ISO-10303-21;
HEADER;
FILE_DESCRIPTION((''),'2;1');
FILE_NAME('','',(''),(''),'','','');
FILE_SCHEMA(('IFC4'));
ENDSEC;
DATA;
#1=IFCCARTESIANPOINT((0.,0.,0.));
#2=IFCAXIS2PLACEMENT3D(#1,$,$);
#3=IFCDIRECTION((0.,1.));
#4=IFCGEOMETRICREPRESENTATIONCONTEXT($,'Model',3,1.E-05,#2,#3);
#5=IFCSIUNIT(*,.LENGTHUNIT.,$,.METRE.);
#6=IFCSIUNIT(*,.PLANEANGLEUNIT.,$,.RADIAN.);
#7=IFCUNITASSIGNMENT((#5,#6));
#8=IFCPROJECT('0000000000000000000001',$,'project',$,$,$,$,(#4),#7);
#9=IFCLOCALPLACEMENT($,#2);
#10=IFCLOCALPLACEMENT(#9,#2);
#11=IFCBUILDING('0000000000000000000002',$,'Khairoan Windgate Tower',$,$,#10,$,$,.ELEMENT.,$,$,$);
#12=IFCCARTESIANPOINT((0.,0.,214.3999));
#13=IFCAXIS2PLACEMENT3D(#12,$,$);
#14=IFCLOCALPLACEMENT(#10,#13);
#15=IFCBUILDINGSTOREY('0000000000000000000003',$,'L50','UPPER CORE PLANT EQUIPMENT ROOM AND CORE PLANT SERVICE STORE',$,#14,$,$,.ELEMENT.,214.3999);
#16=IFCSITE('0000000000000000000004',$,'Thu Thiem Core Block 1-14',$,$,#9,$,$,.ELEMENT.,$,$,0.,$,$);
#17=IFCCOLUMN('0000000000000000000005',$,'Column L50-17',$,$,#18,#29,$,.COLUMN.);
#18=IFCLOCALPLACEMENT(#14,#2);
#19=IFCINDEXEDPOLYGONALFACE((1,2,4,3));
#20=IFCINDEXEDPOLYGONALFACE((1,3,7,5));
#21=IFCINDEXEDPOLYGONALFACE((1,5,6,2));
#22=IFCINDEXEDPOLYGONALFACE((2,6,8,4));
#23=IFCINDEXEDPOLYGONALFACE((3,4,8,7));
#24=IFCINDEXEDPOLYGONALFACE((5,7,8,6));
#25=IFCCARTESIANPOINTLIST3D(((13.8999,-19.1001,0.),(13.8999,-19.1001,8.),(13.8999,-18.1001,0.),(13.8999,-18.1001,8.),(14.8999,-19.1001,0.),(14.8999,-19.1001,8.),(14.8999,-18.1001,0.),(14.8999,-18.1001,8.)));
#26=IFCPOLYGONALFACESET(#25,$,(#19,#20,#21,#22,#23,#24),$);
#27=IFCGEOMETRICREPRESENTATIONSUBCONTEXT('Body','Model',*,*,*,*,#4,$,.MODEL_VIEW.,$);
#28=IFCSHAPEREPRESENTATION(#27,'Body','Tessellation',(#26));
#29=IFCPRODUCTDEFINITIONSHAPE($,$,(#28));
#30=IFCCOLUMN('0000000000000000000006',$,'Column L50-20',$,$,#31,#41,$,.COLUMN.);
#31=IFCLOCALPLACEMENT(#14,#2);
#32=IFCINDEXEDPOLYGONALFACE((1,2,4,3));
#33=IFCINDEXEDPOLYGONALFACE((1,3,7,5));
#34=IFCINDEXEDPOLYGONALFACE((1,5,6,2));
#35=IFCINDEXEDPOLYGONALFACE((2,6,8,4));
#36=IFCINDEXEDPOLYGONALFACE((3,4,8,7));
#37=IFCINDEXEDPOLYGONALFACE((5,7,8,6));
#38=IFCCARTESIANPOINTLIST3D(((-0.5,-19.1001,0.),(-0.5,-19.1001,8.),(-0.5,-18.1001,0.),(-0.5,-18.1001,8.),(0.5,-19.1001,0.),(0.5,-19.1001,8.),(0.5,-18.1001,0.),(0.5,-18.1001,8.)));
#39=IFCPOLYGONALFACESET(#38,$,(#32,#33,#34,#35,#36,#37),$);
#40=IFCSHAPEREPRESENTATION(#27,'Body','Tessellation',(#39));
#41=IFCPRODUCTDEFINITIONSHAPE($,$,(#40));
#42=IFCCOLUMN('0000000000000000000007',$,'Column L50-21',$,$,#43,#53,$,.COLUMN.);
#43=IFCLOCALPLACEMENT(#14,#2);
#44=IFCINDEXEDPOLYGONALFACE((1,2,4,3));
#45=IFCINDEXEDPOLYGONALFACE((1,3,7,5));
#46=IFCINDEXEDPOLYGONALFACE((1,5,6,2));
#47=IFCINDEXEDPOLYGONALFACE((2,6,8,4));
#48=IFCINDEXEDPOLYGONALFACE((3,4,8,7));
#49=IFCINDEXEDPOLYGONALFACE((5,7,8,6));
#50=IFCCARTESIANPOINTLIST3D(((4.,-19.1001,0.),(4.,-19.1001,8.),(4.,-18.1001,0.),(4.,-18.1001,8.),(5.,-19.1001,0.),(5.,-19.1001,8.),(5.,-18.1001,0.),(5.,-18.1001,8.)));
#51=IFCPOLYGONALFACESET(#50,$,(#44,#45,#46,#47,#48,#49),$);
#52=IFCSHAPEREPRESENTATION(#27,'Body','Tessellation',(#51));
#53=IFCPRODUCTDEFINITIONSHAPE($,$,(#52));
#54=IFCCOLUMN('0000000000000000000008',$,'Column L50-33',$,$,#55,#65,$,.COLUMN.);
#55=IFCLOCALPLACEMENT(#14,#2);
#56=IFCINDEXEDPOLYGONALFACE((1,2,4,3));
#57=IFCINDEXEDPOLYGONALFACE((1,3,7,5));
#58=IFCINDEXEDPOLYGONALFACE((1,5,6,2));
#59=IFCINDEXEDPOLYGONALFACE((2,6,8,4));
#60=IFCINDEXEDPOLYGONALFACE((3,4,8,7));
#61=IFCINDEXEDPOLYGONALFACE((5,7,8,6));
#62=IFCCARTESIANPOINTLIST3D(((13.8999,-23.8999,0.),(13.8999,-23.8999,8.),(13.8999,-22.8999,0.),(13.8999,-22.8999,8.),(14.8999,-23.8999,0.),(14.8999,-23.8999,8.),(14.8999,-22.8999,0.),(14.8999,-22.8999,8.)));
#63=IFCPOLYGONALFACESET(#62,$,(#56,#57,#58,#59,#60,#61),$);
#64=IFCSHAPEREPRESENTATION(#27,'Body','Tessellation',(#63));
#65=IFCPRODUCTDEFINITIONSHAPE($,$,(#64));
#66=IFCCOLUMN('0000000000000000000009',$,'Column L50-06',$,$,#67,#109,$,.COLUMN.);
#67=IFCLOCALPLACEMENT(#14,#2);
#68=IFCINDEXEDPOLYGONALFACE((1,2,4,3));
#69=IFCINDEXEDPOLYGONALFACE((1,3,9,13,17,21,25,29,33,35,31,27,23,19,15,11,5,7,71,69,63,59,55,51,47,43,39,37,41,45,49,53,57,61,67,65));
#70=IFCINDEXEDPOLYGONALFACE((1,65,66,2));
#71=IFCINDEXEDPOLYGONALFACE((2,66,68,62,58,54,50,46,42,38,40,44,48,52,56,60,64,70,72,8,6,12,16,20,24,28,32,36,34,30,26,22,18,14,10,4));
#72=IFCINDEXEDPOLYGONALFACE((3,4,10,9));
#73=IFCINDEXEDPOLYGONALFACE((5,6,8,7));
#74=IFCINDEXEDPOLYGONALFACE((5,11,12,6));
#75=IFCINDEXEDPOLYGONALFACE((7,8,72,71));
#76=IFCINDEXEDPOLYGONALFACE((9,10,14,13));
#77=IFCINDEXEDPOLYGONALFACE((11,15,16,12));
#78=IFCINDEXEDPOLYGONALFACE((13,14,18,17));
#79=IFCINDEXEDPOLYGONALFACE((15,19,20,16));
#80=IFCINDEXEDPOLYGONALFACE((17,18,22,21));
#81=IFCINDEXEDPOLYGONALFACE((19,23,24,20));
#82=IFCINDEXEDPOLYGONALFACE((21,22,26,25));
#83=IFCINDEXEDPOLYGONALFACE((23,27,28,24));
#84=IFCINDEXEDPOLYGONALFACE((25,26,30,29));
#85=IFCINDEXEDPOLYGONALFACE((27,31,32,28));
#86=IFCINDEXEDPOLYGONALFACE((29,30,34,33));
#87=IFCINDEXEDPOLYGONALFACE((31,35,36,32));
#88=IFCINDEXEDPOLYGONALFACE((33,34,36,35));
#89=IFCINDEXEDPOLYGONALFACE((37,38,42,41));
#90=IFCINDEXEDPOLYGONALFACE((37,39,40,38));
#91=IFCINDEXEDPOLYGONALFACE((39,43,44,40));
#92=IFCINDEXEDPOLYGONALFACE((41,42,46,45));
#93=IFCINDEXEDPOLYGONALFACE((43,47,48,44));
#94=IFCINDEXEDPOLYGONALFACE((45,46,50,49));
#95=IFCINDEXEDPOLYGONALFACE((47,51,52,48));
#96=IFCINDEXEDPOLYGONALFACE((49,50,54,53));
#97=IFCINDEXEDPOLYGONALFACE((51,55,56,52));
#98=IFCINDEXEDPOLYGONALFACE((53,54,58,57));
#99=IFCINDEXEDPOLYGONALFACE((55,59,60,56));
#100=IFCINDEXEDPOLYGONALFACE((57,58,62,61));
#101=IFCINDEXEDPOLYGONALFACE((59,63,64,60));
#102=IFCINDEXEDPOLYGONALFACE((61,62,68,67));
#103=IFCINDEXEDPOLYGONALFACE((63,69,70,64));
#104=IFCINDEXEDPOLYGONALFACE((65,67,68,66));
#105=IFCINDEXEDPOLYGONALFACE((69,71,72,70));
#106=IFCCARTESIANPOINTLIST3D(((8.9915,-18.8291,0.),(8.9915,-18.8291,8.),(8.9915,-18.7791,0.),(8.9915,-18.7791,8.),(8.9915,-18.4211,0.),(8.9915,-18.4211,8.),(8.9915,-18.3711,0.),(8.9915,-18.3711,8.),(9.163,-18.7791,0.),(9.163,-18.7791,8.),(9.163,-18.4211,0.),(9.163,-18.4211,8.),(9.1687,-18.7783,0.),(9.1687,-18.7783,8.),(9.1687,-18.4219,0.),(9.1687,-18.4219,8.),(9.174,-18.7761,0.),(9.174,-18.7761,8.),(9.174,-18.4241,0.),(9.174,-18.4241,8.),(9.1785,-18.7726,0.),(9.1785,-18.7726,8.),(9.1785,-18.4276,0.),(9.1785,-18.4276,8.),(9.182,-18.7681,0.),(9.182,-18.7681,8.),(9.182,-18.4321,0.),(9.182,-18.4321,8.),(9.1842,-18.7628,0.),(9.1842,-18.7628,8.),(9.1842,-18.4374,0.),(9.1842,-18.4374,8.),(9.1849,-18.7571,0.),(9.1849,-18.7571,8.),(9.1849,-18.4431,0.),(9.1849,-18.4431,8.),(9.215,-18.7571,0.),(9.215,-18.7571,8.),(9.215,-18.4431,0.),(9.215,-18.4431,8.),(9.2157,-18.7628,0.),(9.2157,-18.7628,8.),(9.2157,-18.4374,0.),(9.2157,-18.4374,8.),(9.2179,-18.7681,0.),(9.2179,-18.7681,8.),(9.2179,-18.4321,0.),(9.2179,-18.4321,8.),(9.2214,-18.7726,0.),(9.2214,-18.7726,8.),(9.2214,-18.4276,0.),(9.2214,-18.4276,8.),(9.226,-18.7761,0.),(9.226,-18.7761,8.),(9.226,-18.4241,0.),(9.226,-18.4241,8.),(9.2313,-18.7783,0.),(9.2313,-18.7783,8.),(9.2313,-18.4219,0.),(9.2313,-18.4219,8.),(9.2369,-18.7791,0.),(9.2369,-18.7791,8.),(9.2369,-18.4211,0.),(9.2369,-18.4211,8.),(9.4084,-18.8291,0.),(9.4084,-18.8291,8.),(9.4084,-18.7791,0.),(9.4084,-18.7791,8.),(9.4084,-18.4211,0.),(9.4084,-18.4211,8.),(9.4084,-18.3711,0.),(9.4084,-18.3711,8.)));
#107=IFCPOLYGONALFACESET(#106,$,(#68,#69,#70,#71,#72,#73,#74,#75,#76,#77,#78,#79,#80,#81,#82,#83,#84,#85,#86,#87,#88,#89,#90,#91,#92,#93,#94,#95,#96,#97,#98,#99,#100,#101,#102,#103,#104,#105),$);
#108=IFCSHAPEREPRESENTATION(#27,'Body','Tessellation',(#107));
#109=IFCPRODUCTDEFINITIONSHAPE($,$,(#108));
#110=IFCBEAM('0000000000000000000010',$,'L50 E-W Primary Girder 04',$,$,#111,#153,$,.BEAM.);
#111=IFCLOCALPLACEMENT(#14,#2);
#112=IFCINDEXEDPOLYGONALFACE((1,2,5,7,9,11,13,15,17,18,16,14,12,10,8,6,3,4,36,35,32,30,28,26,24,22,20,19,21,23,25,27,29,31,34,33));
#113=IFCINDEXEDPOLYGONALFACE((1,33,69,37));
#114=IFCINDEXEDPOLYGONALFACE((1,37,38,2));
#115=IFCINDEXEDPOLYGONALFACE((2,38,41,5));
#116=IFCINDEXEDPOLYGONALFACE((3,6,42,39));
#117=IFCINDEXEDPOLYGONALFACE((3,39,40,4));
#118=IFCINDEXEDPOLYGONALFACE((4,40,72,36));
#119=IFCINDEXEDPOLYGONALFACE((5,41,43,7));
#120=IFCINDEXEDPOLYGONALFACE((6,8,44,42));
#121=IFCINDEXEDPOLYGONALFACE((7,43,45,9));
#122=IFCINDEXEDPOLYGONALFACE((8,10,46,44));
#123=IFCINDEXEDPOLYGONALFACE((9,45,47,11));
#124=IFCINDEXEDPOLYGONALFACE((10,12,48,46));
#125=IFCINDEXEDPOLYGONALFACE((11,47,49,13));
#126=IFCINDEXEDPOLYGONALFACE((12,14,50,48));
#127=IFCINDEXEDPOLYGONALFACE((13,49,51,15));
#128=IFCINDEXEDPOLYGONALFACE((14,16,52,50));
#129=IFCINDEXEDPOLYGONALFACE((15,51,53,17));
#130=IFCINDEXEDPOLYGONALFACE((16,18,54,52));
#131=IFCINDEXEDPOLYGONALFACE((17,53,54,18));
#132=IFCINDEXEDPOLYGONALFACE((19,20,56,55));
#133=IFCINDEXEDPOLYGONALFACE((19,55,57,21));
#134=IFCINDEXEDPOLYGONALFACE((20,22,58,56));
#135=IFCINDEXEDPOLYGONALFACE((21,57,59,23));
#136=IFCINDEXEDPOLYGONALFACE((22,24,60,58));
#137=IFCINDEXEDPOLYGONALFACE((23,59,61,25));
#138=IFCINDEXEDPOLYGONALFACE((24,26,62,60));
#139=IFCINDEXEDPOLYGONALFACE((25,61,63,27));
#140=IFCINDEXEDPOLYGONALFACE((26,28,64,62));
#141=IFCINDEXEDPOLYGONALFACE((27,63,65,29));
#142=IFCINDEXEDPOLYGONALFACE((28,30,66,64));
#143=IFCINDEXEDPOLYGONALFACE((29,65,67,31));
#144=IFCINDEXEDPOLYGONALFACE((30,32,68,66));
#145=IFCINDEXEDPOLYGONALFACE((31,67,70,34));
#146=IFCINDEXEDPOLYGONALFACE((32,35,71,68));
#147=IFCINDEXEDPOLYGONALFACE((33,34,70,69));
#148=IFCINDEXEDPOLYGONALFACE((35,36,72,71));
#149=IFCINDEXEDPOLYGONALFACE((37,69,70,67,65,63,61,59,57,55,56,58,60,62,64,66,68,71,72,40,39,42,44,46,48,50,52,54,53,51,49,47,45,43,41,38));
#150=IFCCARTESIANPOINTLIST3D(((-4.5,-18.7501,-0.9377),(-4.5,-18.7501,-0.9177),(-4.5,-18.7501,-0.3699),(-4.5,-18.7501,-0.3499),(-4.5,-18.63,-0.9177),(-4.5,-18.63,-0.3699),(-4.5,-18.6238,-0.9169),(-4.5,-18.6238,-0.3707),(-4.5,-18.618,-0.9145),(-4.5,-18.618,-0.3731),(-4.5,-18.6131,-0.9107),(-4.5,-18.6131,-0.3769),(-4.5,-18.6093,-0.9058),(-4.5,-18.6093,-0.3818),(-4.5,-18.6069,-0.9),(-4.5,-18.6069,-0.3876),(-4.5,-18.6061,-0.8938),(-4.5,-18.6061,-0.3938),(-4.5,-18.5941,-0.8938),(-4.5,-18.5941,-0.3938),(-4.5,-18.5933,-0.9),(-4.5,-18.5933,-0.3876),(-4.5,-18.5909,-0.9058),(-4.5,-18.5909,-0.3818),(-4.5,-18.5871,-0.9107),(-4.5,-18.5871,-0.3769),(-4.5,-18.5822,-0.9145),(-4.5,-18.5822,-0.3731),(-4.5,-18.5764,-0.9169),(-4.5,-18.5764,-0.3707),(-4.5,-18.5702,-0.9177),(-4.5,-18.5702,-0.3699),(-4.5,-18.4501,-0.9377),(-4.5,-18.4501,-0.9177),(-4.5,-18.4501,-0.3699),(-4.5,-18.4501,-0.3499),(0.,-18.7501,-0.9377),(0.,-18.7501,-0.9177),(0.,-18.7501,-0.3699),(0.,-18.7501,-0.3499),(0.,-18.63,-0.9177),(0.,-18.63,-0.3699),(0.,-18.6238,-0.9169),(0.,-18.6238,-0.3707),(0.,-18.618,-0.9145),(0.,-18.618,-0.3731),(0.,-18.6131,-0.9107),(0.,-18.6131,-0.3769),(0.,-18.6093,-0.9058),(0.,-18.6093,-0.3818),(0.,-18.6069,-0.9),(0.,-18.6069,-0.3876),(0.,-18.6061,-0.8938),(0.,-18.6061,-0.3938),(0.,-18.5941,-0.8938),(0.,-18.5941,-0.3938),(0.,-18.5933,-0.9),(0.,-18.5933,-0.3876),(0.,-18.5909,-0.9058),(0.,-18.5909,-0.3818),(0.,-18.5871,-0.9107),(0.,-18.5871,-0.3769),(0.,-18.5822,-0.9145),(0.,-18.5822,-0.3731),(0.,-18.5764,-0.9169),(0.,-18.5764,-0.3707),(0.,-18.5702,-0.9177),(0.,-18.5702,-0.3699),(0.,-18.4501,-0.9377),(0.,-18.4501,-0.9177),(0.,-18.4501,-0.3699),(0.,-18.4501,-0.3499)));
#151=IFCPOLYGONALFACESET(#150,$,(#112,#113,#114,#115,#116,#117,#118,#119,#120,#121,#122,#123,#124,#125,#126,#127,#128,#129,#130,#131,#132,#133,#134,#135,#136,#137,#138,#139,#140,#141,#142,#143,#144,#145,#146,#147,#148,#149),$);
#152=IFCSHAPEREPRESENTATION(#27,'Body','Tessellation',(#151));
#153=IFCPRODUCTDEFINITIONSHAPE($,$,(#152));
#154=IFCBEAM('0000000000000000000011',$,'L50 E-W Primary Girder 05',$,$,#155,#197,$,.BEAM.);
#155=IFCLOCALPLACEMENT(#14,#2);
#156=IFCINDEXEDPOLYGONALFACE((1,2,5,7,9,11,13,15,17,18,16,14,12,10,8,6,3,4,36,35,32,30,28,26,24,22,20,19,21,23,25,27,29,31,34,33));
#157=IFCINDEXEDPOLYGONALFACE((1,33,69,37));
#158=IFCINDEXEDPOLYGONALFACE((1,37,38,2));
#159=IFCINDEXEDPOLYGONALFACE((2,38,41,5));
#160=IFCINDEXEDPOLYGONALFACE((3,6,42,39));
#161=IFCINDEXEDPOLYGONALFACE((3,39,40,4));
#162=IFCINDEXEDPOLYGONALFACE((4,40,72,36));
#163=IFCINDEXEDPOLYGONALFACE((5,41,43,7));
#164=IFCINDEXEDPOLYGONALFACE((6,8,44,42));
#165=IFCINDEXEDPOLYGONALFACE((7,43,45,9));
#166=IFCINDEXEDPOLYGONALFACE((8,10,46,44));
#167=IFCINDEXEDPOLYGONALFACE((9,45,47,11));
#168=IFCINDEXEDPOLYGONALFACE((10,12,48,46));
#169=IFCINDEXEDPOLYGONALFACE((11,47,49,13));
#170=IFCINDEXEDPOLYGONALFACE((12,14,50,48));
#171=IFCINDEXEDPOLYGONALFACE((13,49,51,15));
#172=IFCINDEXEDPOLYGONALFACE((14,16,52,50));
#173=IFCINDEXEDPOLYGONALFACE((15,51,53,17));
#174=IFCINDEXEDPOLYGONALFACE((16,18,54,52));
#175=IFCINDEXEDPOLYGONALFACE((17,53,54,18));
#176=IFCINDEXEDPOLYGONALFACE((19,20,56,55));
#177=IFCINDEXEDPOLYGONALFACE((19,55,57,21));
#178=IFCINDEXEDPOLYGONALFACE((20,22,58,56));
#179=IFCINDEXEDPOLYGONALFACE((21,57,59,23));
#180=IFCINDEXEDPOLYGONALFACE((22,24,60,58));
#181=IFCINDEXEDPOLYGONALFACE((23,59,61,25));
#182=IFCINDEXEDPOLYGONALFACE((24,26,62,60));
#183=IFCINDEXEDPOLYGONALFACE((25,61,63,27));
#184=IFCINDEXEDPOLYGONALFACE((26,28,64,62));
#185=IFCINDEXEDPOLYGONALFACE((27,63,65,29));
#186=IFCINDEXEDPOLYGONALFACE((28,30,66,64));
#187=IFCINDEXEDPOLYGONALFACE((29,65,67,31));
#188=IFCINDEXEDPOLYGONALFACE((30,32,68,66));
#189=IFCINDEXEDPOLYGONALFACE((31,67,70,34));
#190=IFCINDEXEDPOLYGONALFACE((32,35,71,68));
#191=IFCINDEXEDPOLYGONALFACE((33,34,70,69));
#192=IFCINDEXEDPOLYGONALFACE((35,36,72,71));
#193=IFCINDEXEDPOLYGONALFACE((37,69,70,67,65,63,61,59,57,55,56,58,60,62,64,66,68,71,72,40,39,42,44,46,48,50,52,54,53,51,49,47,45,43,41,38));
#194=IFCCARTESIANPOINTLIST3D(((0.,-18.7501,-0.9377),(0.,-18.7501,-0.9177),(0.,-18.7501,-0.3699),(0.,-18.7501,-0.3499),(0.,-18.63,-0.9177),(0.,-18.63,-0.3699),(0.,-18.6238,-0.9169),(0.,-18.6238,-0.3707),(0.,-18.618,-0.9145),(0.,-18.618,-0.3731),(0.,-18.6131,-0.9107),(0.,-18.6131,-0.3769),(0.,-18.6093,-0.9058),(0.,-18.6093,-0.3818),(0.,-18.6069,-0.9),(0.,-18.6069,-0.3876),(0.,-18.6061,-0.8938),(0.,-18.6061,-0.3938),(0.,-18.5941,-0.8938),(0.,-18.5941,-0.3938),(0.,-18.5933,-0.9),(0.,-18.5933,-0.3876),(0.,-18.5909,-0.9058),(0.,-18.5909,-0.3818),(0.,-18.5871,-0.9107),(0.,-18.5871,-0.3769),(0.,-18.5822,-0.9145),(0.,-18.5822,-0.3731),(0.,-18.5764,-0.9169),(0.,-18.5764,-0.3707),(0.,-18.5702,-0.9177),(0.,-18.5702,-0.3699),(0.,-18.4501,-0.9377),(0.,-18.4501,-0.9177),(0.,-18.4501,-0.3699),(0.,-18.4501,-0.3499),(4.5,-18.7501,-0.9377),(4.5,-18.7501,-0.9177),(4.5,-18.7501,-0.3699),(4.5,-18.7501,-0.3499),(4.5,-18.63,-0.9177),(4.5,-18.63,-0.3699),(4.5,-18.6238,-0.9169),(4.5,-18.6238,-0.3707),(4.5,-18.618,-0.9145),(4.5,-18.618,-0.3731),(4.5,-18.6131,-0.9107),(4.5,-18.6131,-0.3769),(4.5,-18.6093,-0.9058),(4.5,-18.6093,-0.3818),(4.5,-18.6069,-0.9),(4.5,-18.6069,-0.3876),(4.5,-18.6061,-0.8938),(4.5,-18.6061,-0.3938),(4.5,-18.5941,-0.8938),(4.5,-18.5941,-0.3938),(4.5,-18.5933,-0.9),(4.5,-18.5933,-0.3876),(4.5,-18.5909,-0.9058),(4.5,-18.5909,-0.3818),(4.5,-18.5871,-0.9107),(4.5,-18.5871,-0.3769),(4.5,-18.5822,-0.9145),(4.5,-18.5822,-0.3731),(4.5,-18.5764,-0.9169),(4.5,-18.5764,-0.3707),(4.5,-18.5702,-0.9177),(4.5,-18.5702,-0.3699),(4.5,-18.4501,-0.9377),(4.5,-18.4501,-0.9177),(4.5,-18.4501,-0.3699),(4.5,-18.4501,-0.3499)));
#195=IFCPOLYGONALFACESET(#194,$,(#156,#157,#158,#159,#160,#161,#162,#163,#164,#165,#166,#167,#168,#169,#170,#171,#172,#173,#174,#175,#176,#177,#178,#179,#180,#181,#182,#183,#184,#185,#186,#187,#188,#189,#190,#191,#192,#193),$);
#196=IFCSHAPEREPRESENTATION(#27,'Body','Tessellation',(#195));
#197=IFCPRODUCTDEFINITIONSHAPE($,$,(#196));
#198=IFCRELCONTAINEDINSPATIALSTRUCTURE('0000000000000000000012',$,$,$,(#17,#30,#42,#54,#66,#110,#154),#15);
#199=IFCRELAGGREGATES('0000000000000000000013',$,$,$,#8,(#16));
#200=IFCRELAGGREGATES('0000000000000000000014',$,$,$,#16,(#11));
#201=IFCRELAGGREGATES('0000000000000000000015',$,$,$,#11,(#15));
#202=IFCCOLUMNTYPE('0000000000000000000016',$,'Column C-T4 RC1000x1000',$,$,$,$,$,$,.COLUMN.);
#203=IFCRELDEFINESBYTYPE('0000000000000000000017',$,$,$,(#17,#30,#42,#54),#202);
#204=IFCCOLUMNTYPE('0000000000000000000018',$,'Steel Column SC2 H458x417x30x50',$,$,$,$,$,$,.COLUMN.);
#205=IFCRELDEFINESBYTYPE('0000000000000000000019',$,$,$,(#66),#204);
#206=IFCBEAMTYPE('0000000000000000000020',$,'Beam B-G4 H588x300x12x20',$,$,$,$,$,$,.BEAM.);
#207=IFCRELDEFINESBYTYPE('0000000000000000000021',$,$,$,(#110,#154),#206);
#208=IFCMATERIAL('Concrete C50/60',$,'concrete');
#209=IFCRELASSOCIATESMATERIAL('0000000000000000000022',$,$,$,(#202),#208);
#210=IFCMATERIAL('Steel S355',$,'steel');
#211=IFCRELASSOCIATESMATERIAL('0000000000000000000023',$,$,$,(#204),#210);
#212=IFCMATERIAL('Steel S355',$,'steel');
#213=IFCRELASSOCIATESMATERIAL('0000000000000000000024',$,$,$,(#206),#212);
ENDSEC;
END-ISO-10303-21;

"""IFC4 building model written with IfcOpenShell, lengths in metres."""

from ifc_helpers import new_model, si_unit, direction, frame, origin, origin_2d, place, context, subcontext, project, spatial, rectangle, i_section, extrude, material, material_profile, profile_set, type_object, element, save


model = new_model("IFC4")

# Units and contexts
model_context = context("Model", 3, precision=1e-05, world=origin(), true_north=direction((0.0, 1.0)))
body_context = subcontext(model_context, "Body", "Model", "MODEL_VIEW")
ifc_project = project(units=[si_unit("LENGTHUNIT", "METRE"), si_unit("PLANEANGLEUNIT", "RADIAN")], contexts=[model_context])

# Site, building, storey
site_placement = place(None, origin())
site = spatial("IfcSite", under=ifc_project, at=site_placement, Name="Thu Thiem Core Block 1-14", CompositionType="ELEMENT", RefElevation=0.0)
building_placement = place(site_placement, origin())
building = spatial("IfcBuilding", under=site, at=building_placement, Name="Khairoan Windgate Tower", CompositionType="ELEMENT")
storey_placement = place(building_placement, frame((0.0, 0.0, 214.3999)))
storey = spatial("IfcBuildingStorey", under=building, at=storey_placement, Name="L50", Description="UPPER CORE PLANT EQUIPMENT ROOM AND CORE PLANT SERVICE STORE", CompositionType="ELEMENT", Elevation=214.3999)

# Columns
ifc_material_1 = material(Name="Concrete C50/60", Category="concrete")
ifc_material_profile_1 = material_profile(ifc_material_1, rectangle(XDim=1.0, YDim=1.0, at=origin_2d()))
ifc_profile_set_1 = profile_set([ifc_material_profile_1], Name="Concrete C50/60")
column_type_1 = type_object("IfcColumnType", Name="Column C-T4 RC1000x1000", PredefinedType="COLUMN", material=ifc_profile_set_1)
for number, where, z_axis, x_axis, name in (
    (1, (14.3999, -18.6001, 0.0), (0.0, 0.0, 1.0), (1.0, 0.0, 0.0), "Column L50-17"),
    (2, (0.0, -18.6001, 0.0), (0.0, 0.0, 1.0), (1.0, 0.0, 0.0), "Column L50-20"),
    (3, (4.5, -18.6001, 0.0), (0.0, 0.0, 1.0), (1.0, 0.0, 0.0), "Column L50-21"),
    (4, (14.3999, -23.3999, 0.0), (0.0, 0.0, 1.0), (1.0, 0.0, 0.0), "Column L50-33"),
):
    element("IfcColumn", number, at=place(storey_placement, frame(where, z_axis=z_axis, x_axis=x_axis)), inside=storey, type_object=column_type_1, Name=name, PredefinedType="COLUMN", context=body_context, shape_type="SweptSolid", body=[
        extrude(rectangle(XDim=1.0, YDim=1.0, at=origin_2d()), origin(), (0.0, 0.0, 1.0), 8.0),
    ])
ifc_material_2 = material(Name="Steel S355", Category="steel")
ifc_material_profile_2 = material_profile(ifc_material_2, i_section(OverallWidth=0.417, OverallDepth=0.458, WebThickness=0.03, FlangeThickness=0.05, FilletRadius=0.022, at=origin_2d()))
ifc_profile_set_2 = profile_set([ifc_material_profile_2], Name="Steel S355")
column_type_2 = type_object("IfcColumnType", Name="Steel Column SC2 H458x417x30x50", PredefinedType="COLUMN", material=ifc_profile_set_2)
column_placement = place(storey_placement, frame((9.2, -18.6001, 0.0), z_axis=(0.0, 0.0, 1.0), x_axis=(1.0, 0.0, 0.0)))
element("IfcColumn", 5, at=column_placement, inside=storey, type_object=column_type_2, Name="Column L50-06", PredefinedType="COLUMN", context=body_context, shape_type="SweptSolid", body=[
    extrude(i_section(OverallWidth=0.417, OverallDepth=0.458, WebThickness=0.03, FlangeThickness=0.05, FilletRadius=0.022, at=origin_2d()), origin(), (0.0, 0.0, 1.0), 8.0),
])

# Beams
ifc_material_3 = material(Name="Steel S355", Category="steel")
ifc_material_profile_3 = material_profile(ifc_material_3, i_section(OverallWidth=0.3, OverallDepth=0.5879, WebThickness=0.012, FlangeThickness=0.02, FilletRadius=0.0239, at=origin_2d()))
ifc_profile_set_3 = profile_set([ifc_material_profile_3], Name="Steel S355")
beam_type_1 = type_object("IfcBeamType", Name="Beam B-G4 H588x300x12x20", PredefinedType="BEAM", material=ifc_profile_set_3)
for number, where, z_axis, x_axis, name in (
    (6, (-4.5, -18.6001, -0.6438), (1.0, 0.0, 0.0), (0.0, 1.0, 0.0), "L50 E-W Primary Girder 04"),
    (7, (0.0, -18.6001, -0.6438), (1.0, 0.0, 0.0), (0.0, 1.0, 0.0), "L50 E-W Primary Girder 05"),
):
    element("IfcBeam", number, at=place(storey_placement, frame(where, z_axis=z_axis, x_axis=x_axis)), inside=storey, type_object=beam_type_1, Name=name, PredefinedType="BEAM", context=body_context, shape_type="SweptSolid", body=[
        extrude(i_section(OverallWidth=0.3, OverallDepth=0.5879, WebThickness=0.012, FlangeThickness=0.02, FilletRadius=0.0239, at=origin_2d()), origin(), (0.0, 0.0, 1.0), 4.5),
    ])

save(model, "model.ifc")
